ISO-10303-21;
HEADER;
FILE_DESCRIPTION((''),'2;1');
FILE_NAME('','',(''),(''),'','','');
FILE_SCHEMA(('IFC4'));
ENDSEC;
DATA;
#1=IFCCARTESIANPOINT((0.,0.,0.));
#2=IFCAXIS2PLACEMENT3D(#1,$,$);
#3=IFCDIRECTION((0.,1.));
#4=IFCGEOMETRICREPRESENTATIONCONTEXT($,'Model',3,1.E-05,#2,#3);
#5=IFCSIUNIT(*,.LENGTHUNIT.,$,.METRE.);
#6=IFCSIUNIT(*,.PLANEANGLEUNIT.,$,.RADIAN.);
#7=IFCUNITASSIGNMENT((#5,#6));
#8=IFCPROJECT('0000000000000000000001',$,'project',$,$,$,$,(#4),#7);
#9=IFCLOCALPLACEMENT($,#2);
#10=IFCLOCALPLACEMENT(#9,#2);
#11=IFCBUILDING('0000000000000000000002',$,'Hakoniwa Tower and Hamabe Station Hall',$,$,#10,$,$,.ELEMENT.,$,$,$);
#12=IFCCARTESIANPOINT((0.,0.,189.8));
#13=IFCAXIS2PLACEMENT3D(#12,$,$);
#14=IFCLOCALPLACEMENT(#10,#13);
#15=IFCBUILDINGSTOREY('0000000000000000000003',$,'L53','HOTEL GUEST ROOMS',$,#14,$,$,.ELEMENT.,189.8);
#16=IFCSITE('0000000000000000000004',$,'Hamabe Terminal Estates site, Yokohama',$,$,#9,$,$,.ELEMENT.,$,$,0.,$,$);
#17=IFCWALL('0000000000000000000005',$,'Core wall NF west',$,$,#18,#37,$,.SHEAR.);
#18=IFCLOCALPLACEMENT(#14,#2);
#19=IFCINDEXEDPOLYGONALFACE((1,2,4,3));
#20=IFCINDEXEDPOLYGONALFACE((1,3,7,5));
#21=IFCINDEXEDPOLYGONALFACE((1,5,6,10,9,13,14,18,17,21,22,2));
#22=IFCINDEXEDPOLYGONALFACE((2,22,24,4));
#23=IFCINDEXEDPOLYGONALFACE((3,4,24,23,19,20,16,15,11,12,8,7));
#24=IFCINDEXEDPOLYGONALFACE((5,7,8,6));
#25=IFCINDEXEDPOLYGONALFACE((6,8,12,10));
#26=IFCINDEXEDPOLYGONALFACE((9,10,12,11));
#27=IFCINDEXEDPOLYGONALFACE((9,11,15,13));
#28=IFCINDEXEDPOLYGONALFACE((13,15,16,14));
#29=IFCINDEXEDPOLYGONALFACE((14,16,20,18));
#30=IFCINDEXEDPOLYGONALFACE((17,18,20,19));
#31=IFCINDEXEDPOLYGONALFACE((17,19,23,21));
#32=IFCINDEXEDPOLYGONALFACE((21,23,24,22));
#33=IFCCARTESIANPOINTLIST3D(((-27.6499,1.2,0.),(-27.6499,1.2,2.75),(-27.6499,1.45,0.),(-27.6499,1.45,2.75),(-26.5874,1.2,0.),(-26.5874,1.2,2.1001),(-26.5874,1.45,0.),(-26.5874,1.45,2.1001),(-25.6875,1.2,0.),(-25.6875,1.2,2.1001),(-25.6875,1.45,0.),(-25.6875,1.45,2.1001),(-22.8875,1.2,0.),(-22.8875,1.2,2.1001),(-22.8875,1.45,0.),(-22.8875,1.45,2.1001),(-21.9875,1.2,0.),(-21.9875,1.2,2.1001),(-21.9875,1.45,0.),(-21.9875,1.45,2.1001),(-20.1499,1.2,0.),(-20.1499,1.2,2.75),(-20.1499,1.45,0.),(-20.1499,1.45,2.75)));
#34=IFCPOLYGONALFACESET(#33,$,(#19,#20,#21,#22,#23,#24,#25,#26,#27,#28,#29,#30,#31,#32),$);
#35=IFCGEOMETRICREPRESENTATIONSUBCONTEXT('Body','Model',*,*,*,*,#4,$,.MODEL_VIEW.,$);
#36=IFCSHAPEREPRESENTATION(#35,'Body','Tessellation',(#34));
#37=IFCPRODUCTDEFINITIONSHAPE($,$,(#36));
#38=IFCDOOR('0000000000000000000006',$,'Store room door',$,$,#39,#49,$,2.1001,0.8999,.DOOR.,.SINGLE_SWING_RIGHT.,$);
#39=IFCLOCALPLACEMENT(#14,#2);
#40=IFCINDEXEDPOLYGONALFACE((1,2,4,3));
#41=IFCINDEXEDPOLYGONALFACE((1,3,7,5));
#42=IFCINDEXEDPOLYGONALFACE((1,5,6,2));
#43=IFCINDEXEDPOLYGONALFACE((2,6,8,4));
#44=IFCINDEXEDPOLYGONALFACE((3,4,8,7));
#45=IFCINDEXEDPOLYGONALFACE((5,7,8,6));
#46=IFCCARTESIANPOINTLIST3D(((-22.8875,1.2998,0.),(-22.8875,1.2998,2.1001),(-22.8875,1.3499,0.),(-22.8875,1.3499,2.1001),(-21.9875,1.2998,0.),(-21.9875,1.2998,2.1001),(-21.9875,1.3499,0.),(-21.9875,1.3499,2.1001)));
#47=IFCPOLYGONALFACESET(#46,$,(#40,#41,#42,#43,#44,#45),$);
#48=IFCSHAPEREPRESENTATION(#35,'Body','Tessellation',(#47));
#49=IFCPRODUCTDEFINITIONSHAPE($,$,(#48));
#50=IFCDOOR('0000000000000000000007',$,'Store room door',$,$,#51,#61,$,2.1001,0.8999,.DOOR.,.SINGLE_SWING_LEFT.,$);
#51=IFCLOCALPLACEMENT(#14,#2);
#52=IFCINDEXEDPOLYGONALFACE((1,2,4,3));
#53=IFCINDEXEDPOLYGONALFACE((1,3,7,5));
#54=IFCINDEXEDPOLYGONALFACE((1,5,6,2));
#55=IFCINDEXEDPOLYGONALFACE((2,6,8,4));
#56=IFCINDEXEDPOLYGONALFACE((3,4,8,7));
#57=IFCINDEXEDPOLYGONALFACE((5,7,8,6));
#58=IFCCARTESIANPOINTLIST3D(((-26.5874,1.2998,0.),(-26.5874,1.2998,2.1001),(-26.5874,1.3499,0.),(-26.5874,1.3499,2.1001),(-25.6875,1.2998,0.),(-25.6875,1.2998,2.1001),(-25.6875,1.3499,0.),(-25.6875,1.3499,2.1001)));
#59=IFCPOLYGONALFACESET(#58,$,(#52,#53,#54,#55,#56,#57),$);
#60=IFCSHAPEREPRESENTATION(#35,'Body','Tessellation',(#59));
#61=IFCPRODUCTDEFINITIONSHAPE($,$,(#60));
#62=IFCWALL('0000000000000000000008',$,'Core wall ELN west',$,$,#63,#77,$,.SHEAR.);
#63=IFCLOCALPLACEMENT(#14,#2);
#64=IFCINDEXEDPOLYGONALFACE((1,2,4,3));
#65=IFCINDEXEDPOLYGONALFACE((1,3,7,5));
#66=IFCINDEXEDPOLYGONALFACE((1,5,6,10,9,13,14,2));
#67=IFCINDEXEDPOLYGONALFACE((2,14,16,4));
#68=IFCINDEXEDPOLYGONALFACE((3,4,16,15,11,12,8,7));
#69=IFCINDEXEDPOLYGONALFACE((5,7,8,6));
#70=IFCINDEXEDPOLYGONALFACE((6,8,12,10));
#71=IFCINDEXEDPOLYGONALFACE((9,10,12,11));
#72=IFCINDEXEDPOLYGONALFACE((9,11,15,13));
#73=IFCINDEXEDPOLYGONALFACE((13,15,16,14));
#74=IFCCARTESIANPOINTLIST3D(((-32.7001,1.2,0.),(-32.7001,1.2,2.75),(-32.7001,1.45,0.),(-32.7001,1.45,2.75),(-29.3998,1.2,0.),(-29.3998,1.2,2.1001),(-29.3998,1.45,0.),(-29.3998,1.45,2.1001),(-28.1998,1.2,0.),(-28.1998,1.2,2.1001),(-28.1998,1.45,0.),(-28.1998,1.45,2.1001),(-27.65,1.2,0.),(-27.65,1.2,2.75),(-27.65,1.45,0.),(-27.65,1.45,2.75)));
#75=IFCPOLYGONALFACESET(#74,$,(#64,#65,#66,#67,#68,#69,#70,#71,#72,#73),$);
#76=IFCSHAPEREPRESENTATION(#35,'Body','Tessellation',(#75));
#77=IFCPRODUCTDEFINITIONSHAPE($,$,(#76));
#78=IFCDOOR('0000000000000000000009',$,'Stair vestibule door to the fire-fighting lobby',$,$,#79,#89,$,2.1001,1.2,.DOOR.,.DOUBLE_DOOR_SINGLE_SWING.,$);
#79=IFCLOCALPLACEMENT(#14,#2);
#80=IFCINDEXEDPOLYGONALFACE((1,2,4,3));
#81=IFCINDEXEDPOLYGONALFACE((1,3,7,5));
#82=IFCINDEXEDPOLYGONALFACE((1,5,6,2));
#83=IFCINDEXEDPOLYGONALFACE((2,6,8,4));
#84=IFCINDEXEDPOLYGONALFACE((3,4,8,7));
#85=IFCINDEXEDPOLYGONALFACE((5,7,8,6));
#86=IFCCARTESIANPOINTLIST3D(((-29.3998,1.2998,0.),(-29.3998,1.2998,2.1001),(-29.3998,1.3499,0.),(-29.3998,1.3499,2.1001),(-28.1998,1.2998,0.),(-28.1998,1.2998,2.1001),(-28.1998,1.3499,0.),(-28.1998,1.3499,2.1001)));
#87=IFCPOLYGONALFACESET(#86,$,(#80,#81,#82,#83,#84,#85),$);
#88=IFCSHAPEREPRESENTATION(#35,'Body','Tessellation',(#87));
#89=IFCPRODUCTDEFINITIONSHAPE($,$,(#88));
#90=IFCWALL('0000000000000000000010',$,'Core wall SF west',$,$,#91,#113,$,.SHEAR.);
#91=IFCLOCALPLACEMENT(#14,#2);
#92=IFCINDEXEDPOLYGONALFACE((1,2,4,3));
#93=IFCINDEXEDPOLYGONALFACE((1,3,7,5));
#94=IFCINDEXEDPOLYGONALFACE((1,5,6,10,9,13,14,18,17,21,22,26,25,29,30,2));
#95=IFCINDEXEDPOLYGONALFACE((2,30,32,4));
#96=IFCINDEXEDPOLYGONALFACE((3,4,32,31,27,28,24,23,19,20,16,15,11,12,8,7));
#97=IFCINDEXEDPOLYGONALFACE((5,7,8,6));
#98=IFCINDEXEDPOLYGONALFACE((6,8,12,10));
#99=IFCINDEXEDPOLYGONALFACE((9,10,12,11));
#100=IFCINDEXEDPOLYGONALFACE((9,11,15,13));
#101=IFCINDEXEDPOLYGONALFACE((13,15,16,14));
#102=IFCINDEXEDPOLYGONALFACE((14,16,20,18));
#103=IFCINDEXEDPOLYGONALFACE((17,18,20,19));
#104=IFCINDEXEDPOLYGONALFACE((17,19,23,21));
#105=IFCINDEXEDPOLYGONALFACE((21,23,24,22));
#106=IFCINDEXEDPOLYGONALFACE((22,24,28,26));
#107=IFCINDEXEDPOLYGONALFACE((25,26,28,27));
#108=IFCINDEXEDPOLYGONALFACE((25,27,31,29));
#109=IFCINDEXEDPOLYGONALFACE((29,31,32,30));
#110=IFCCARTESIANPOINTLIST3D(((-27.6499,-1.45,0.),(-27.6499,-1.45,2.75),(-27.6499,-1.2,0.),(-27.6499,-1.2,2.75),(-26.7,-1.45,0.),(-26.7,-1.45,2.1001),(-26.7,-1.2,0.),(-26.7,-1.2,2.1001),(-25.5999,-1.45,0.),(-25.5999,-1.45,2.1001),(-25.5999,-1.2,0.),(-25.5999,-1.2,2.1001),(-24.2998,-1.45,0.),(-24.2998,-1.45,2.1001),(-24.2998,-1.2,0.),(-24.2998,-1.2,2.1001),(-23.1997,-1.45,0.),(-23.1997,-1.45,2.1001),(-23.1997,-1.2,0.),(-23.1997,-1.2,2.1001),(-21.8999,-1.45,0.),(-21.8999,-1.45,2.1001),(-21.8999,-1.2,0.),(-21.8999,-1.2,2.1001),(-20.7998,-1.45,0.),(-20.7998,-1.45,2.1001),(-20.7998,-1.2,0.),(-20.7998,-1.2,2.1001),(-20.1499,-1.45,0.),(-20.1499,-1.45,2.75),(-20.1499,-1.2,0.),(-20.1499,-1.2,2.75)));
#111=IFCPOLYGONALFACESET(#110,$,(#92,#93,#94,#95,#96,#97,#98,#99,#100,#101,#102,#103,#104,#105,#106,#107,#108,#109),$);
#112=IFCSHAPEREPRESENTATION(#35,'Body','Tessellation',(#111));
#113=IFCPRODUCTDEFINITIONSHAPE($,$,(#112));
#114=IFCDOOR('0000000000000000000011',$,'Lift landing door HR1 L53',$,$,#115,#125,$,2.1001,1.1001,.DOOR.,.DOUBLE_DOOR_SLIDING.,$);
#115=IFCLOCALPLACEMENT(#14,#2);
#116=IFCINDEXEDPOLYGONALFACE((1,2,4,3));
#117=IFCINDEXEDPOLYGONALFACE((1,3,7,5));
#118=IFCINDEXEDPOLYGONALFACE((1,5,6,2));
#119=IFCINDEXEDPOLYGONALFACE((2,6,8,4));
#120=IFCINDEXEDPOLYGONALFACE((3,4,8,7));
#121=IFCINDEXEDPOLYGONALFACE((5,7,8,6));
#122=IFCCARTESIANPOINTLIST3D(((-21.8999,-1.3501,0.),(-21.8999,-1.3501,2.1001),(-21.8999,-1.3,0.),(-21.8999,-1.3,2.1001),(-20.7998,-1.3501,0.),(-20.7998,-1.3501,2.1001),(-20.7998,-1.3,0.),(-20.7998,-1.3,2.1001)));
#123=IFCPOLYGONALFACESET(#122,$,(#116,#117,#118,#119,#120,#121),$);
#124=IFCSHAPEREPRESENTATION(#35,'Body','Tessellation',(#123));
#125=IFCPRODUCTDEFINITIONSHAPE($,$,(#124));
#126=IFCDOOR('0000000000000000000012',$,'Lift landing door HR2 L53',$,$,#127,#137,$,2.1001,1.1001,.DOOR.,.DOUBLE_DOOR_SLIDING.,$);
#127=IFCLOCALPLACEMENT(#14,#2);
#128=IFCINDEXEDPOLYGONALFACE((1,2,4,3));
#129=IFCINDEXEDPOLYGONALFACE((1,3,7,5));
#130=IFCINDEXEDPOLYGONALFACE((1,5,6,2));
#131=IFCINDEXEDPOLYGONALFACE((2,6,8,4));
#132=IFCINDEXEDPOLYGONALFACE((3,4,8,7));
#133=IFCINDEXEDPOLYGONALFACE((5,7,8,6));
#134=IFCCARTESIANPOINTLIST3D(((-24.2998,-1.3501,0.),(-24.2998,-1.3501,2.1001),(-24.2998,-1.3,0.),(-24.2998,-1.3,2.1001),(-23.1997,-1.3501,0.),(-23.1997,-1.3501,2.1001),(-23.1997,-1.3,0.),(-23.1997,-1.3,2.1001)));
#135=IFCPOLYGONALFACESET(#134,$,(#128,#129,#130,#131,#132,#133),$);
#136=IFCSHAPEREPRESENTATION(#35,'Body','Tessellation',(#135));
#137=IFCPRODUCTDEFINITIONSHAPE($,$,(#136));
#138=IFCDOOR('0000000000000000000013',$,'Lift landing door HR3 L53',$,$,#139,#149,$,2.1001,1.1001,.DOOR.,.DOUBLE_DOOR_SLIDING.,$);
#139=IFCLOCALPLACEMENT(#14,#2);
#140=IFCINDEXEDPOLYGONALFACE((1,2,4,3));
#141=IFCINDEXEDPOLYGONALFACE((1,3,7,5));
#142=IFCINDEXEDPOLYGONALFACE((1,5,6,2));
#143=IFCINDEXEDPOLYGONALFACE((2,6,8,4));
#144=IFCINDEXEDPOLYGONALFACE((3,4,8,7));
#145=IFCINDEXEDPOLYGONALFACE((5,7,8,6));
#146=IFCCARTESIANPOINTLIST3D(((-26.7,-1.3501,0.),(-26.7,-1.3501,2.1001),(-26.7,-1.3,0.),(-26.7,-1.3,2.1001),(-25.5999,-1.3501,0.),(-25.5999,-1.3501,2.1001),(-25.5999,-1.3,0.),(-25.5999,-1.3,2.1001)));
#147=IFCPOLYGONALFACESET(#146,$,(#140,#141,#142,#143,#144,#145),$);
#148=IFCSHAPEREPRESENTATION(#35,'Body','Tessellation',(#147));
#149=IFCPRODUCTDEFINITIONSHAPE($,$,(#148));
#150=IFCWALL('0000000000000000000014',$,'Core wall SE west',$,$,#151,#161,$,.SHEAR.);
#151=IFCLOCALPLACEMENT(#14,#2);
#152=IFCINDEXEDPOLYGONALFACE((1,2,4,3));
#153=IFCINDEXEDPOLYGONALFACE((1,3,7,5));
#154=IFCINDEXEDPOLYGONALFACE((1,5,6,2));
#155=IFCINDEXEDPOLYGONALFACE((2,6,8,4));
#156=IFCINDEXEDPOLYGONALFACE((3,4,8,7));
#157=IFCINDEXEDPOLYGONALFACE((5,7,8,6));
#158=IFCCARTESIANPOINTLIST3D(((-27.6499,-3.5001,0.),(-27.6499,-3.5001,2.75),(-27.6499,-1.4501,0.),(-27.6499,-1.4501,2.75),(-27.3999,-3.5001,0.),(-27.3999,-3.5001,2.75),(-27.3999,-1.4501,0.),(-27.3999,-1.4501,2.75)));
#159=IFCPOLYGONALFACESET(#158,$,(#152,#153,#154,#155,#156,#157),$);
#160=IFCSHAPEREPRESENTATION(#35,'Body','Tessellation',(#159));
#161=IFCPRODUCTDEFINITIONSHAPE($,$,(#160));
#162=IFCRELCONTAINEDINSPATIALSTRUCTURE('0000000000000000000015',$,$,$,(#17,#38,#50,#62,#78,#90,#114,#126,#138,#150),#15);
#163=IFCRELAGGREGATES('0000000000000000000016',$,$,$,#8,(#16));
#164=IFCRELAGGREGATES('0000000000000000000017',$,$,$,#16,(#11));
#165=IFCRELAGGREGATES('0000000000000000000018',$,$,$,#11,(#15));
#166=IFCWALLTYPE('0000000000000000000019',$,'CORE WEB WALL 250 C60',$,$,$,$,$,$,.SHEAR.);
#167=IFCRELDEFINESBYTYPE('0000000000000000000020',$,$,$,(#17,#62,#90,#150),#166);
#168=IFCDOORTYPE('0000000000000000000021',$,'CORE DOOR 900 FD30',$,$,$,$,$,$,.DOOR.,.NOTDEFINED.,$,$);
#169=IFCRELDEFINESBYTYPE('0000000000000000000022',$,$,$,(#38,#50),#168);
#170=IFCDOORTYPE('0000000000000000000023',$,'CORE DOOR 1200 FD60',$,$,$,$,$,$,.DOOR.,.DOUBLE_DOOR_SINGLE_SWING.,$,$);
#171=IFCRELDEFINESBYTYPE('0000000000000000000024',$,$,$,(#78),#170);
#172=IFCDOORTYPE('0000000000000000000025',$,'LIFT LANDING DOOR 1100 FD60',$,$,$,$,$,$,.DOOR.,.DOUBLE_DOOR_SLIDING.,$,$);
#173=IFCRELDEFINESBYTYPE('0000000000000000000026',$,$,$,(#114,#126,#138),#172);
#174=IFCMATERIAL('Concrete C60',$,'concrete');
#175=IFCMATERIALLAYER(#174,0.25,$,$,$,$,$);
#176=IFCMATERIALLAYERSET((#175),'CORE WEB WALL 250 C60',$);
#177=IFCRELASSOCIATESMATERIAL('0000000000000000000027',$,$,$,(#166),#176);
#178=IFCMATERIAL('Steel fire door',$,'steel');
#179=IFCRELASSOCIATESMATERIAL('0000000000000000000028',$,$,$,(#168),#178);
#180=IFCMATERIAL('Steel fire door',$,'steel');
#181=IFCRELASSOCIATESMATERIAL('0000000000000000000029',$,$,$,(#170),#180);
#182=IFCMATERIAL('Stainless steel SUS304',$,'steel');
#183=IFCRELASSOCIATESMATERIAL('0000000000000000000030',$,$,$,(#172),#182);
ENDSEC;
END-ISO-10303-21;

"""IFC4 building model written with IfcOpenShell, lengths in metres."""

from ifc_helpers import new_model, si_unit, direction, frame, frame_2d, origin, place, context, subcontext, project, spatial, rectangle, extrude, material, layer, layer_set, type_object, element, fill, save


model = new_model("IFC4")

# Units and contexts
model_context = context("Model", 3, precision=1e-05, world=origin(), true_north=direction((0.0, 1.0)))
body_context = subcontext(model_context, "Body", "Model", "MODEL_VIEW")
ifc_project = project(units=[si_unit("LENGTHUNIT", "METRE"), si_unit("PLANEANGLEUNIT", "RADIAN")], contexts=[model_context])

# Site, building, storey
site_placement = place(None, origin())
site = spatial("IfcSite", under=ifc_project, at=site_placement, Name="Hamabe Terminal Estates site, Yokohama", CompositionType="ELEMENT", RefElevation=0.0)
building_placement = place(site_placement, origin())
building = spatial("IfcBuilding", under=site, at=building_placement, Name="Hakoniwa Tower and Hamabe Station Hall", CompositionType="ELEMENT")
storey_placement = place(building_placement, frame((0.0, 0.0, 189.8)))
storey = spatial("IfcBuildingStorey", under=building, at=storey_placement, Name="L53", Description="HOTEL GUEST ROOMS", CompositionType="ELEMENT", Elevation=189.8)

# Wall, openings, doors
ifc_material_1 = material(Name="Concrete C60", Category="concrete")
ifc_layer_1 = layer(ifc_material_1, 0.25)
ifc_layer_set_1 = layer_set([ifc_layer_1], Name="CORE WEB WALL 250 C60")
wall_type_1 = type_object("IfcWallType", Name="CORE WEB WALL 250 C60", PredefinedType="SHEAR", material=ifc_layer_set_1)
wall_1_placement = place(storey_placement, frame((-27.6499, 1.325, 0.0), z_axis=(0.0, 0.0, 1.0), x_axis=(1.0, 0.0, 0.0)))
wall_1 = element("IfcWall", 1, at=wall_1_placement, inside=storey, type_object=wall_type_1, Name="Core wall NF west", PredefinedType="SHEAR", context=body_context, shape_type="SweptSolid", body=[
    extrude(rectangle(XDim=7.5, YDim=0.25, at=frame_2d((3.75, 0.0))), origin(), (0.0, 0.0, 1.0), 2.75),
])
opening_1_placement = place(wall_1_placement, frame((4.7625, 0.0, 0.0)))
opening_1 = element("IfcOpeningElement", 2, at=opening_1_placement, cuts=wall_1, PredefinedType="OPENING", context=body_context, shape_type="SweptSolid", body=[
    extrude(rectangle(XDim=0.8999, YDim=2.1001, at=frame_2d((0.45, 1.05))), frame((0.0, 0.135, 0.0), z_axis=(0.0, -1.0, 0.0), x_axis=(1.0, 0.0, 0.0)), (0.0, 0.0, 1.0), 0.27),
])
opening_2_placement = place(wall_1_placement, frame((1.0625, 0.0, 0.0)))
opening_2 = element("IfcOpeningElement", 3, at=opening_2_placement, cuts=wall_1, PredefinedType="OPENING", context=body_context, shape_type="SweptSolid", body=[
    extrude(rectangle(XDim=0.8999, YDim=2.1001, at=frame_2d((0.45, 1.05))), frame((0.0, 0.135, 0.0), z_axis=(0.0, -1.0, 0.0), x_axis=(1.0, 0.0, 0.0)), (0.0, 0.0, 1.0), 0.27),
])
ifc_material_2 = material(Name="Steel fire door", Category="steel")
door_type_1 = type_object("IfcDoorType", Name="CORE DOOR 900 FD30", OperationType="NOTDEFINED", PredefinedType="DOOR", material=ifc_material_2)
door_1_placement = place(opening_1_placement, origin())
door_1 = element("IfcDoor", 4, at=door_1_placement, inside=storey, type_object=door_type_1, Name="Store room door", OperationType="SINGLE_SWING_RIGHT", OverallHeight=2.1001, OverallWidth=0.8999, PredefinedType="DOOR", context=body_context, shape_type="SweptSolid", body=[
    extrude(rectangle(XDim=0.8999, YDim=2.1001, at=frame_2d((0.45, 1.05))), frame((0.0, 0.0249, 0.0), z_axis=(0.0, -1.0, 0.0), x_axis=(1.0, 0.0, 0.0)), (0.0, 0.0, 1.0), 0.05),
])
fill(opening_1, door_1)
door_2_placement = place(opening_2_placement, origin())
door_2 = element("IfcDoor", 5, at=door_2_placement, inside=storey, type_object=door_type_1, Name="Store room door", OperationType="SINGLE_SWING_LEFT", OverallHeight=2.1001, OverallWidth=0.8999, PredefinedType="DOOR", context=body_context, shape_type="SweptSolid", body=[
    extrude(rectangle(XDim=0.8999, YDim=2.1001, at=frame_2d((0.45, 1.05))), frame((0.0, 0.0249, 0.0), z_axis=(0.0, -1.0, 0.0), x_axis=(1.0, 0.0, 0.0)), (0.0, 0.0, 1.0), 0.05),
])
fill(opening_2, door_2)

# Wall, opening, door
wall_2_placement = place(storey_placement, frame((-32.7, 1.325, 0.0), z_axis=(0.0, 0.0, 1.0), x_axis=(1.0, 0.0, 0.0)))
wall_2 = element("IfcWall", 6, at=wall_2_placement, inside=storey, type_object=wall_type_1, Name="Core wall ELN west", PredefinedType="SHEAR", context=body_context, shape_type="SweptSolid", body=[
    extrude(rectangle(XDim=5.05, YDim=0.25, at=frame_2d((2.5249, 0.0))), origin(), (0.0, 0.0, 1.0), 2.75),
])
opening_3_placement = place(wall_2_placement, frame((3.3, 0.0, 0.0)))
opening_3 = element("IfcOpeningElement", 7, at=opening_3_placement, cuts=wall_2, PredefinedType="OPENING", context=body_context, shape_type="SweptSolid", body=[
    extrude(rectangle(XDim=1.2, YDim=2.1001, at=frame_2d((0.6001, 1.05))), frame((0.0, 0.135, 0.0), z_axis=(0.0, -1.0, 0.0), x_axis=(1.0, 0.0, 0.0)), (0.0, 0.0, 1.0), 0.27),
])
ifc_material_3 = material(Name="Steel fire door", Category="steel")
door_type_2 = type_object("IfcDoorType", Name="CORE DOOR 1200 FD60", OperationType="DOUBLE_DOOR_SINGLE_SWING", PredefinedType="DOOR", material=ifc_material_3)
door_3_placement = place(opening_3_placement, origin())
door_3 = element("IfcDoor", 8, at=door_3_placement, inside=storey, type_object=door_type_2, Name="Stair vestibule door to the fire-fighting lobby", OperationType="DOUBLE_DOOR_SINGLE_SWING", OverallHeight=2.1001, OverallWidth=1.2, PredefinedType="DOOR", context=body_context, shape_type="SweptSolid", body=[
    extrude(rectangle(XDim=1.2, YDim=2.1001, at=frame_2d((0.6001, 1.05))), frame((0.0, 0.0249, 0.0), z_axis=(0.0, -1.0, 0.0), x_axis=(1.0, 0.0, 0.0)), (0.0, 0.0, 1.0), 0.05),
])
fill(opening_3, door_3)

# Wall, openings, doors
wall_3_placement = place(storey_placement, frame((-27.6499, -1.325, 0.0), z_axis=(0.0, 0.0, 1.0), x_axis=(1.0, 0.0, 0.0)))
wall_3 = element("IfcWall", 9, at=wall_3_placement, inside=storey, type_object=wall_type_1, Name="Core wall SF west", PredefinedType="SHEAR", context=body_context, shape_type="SweptSolid", body=[
    extrude(rectangle(XDim=7.5, YDim=0.25, at=frame_2d((3.75, 0.0))), origin(), (0.0, 0.0, 1.0), 2.75),
])
opening_4_placement = place(wall_3_placement, frame((5.75, 0.0, 0.0)))
opening_4 = element("IfcOpeningElement", 10, at=opening_4_placement, cuts=wall_3, PredefinedType="OPENING", context=body_context, shape_type="SweptSolid", body=[
    extrude(rectangle(XDim=1.1001, YDim=2.1001, at=frame_2d((0.55, 1.05))), frame((0.0, 0.135, 0.0), z_axis=(0.0, -1.0, 0.0), x_axis=(1.0, 0.0, 0.0)), (0.0, 0.0, 1.0), 0.27),
])
opening_5_placement = place(wall_3_placement, frame((3.3501, 0.0, 0.0)))
opening_5 = element("IfcOpeningElement", 11, at=opening_5_placement, cuts=wall_3, PredefinedType="OPENING", context=body_context, shape_type="SweptSolid", body=[
    extrude(rectangle(XDim=1.1001, YDim=2.1001, at=frame_2d((0.55, 1.05))), frame((0.0, 0.135, 0.0), z_axis=(0.0, -1.0, 0.0), x_axis=(1.0, 0.0, 0.0)), (0.0, 0.0, 1.0), 0.27),
])
opening_6_placement = place(wall_3_placement, frame((0.95, 0.0, 0.0)))
opening_6 = element("IfcOpeningElement", 12, at=opening_6_placement, cuts=wall_3, PredefinedType="OPENING", context=body_context, shape_type="SweptSolid", body=[
    extrude(rectangle(XDim=1.1001, YDim=2.1001, at=frame_2d((0.55, 1.05))), frame((0.0, 0.135, 0.0), z_axis=(0.0, -1.0, 0.0), x_axis=(1.0, 0.0, 0.0)), (0.0, 0.0, 1.0), 0.27),
])
ifc_material_4 = material(Name="Stainless steel SUS304", Category="steel")
door_type_3 = type_object("IfcDoorType", Name="LIFT LANDING DOOR 1100 FD60", OperationType="DOUBLE_DOOR_SLIDING", PredefinedType="DOOR", material=ifc_material_4)
door_4_placement = place(opening_4_placement, origin())
door_4 = element("IfcDoor", 13, at=door_4_placement, inside=storey, type_object=door_type_3, Name="Lift landing door HR1 L53", OperationType="DOUBLE_DOOR_SLIDING", OverallHeight=2.1001, OverallWidth=1.1001, PredefinedType="DOOR", context=body_context, shape_type="SweptSolid", body=[
    extrude(rectangle(XDim=1.1001, YDim=2.1001, at=frame_2d((0.55, 1.05))), frame((0.0, 0.0249, 0.0), z_axis=(0.0, -1.0, 0.0), x_axis=(1.0, 0.0, 0.0)), (0.0, 0.0, 1.0), 0.05),
])
fill(opening_4, door_4)
door_5_placement = place(opening_5_placement, origin())
door_5 = element("IfcDoor", 14, at=door_5_placement, inside=storey, type_object=door_type_3, Name="Lift landing door HR2 L53", OperationType="DOUBLE_DOOR_SLIDING", OverallHeight=2.1001, OverallWidth=1.1001, PredefinedType="DOOR", context=body_context, shape_type="SweptSolid", body=[
    extrude(rectangle(XDim=1.1001, YDim=2.1001, at=frame_2d((0.55, 1.05))), frame((0.0, 0.0249, 0.0), z_axis=(0.0, -1.0, 0.0), x_axis=(1.0, 0.0, 0.0)), (0.0, 0.0, 1.0), 0.05),
])
fill(opening_5, door_5)
door_6_placement = place(opening_6_placement, origin())
door_6 = element("IfcDoor", 15, at=door_6_placement, inside=storey, type_object=door_type_3, Name="Lift landing door HR3 L53", OperationType="DOUBLE_DOOR_SLIDING", OverallHeight=2.1001, OverallWidth=1.1001, PredefinedType="DOOR", context=body_context, shape_type="SweptSolid", body=[
    extrude(rectangle(XDim=1.1001, YDim=2.1001, at=frame_2d((0.55, 1.05))), frame((0.0, 0.0249, 0.0), z_axis=(0.0, -1.0, 0.0), x_axis=(1.0, 0.0, 0.0)), (0.0, 0.0, 1.0), 0.05),
])
fill(opening_6, door_6)

# Wall
wall_4_placement = place(storey_placement, frame((-27.5249, -3.5, 0.0), z_axis=(0.0, 0.0, 1.0), x_axis=(0.0, 1.0, 0.0)))
element("IfcWall", 16, at=wall_4_placement, inside=storey, type_object=wall_type_1, Name="Core wall SE west", PredefinedType="SHEAR", context=body_context, shape_type="SweptSolid", body=[
    extrude(rectangle(XDim=2.05, YDim=0.25, at=frame_2d((1.0249, 0.0))), origin(), (0.0, 0.0, 1.0), 2.75),
])

save(model, "model.ifc")
